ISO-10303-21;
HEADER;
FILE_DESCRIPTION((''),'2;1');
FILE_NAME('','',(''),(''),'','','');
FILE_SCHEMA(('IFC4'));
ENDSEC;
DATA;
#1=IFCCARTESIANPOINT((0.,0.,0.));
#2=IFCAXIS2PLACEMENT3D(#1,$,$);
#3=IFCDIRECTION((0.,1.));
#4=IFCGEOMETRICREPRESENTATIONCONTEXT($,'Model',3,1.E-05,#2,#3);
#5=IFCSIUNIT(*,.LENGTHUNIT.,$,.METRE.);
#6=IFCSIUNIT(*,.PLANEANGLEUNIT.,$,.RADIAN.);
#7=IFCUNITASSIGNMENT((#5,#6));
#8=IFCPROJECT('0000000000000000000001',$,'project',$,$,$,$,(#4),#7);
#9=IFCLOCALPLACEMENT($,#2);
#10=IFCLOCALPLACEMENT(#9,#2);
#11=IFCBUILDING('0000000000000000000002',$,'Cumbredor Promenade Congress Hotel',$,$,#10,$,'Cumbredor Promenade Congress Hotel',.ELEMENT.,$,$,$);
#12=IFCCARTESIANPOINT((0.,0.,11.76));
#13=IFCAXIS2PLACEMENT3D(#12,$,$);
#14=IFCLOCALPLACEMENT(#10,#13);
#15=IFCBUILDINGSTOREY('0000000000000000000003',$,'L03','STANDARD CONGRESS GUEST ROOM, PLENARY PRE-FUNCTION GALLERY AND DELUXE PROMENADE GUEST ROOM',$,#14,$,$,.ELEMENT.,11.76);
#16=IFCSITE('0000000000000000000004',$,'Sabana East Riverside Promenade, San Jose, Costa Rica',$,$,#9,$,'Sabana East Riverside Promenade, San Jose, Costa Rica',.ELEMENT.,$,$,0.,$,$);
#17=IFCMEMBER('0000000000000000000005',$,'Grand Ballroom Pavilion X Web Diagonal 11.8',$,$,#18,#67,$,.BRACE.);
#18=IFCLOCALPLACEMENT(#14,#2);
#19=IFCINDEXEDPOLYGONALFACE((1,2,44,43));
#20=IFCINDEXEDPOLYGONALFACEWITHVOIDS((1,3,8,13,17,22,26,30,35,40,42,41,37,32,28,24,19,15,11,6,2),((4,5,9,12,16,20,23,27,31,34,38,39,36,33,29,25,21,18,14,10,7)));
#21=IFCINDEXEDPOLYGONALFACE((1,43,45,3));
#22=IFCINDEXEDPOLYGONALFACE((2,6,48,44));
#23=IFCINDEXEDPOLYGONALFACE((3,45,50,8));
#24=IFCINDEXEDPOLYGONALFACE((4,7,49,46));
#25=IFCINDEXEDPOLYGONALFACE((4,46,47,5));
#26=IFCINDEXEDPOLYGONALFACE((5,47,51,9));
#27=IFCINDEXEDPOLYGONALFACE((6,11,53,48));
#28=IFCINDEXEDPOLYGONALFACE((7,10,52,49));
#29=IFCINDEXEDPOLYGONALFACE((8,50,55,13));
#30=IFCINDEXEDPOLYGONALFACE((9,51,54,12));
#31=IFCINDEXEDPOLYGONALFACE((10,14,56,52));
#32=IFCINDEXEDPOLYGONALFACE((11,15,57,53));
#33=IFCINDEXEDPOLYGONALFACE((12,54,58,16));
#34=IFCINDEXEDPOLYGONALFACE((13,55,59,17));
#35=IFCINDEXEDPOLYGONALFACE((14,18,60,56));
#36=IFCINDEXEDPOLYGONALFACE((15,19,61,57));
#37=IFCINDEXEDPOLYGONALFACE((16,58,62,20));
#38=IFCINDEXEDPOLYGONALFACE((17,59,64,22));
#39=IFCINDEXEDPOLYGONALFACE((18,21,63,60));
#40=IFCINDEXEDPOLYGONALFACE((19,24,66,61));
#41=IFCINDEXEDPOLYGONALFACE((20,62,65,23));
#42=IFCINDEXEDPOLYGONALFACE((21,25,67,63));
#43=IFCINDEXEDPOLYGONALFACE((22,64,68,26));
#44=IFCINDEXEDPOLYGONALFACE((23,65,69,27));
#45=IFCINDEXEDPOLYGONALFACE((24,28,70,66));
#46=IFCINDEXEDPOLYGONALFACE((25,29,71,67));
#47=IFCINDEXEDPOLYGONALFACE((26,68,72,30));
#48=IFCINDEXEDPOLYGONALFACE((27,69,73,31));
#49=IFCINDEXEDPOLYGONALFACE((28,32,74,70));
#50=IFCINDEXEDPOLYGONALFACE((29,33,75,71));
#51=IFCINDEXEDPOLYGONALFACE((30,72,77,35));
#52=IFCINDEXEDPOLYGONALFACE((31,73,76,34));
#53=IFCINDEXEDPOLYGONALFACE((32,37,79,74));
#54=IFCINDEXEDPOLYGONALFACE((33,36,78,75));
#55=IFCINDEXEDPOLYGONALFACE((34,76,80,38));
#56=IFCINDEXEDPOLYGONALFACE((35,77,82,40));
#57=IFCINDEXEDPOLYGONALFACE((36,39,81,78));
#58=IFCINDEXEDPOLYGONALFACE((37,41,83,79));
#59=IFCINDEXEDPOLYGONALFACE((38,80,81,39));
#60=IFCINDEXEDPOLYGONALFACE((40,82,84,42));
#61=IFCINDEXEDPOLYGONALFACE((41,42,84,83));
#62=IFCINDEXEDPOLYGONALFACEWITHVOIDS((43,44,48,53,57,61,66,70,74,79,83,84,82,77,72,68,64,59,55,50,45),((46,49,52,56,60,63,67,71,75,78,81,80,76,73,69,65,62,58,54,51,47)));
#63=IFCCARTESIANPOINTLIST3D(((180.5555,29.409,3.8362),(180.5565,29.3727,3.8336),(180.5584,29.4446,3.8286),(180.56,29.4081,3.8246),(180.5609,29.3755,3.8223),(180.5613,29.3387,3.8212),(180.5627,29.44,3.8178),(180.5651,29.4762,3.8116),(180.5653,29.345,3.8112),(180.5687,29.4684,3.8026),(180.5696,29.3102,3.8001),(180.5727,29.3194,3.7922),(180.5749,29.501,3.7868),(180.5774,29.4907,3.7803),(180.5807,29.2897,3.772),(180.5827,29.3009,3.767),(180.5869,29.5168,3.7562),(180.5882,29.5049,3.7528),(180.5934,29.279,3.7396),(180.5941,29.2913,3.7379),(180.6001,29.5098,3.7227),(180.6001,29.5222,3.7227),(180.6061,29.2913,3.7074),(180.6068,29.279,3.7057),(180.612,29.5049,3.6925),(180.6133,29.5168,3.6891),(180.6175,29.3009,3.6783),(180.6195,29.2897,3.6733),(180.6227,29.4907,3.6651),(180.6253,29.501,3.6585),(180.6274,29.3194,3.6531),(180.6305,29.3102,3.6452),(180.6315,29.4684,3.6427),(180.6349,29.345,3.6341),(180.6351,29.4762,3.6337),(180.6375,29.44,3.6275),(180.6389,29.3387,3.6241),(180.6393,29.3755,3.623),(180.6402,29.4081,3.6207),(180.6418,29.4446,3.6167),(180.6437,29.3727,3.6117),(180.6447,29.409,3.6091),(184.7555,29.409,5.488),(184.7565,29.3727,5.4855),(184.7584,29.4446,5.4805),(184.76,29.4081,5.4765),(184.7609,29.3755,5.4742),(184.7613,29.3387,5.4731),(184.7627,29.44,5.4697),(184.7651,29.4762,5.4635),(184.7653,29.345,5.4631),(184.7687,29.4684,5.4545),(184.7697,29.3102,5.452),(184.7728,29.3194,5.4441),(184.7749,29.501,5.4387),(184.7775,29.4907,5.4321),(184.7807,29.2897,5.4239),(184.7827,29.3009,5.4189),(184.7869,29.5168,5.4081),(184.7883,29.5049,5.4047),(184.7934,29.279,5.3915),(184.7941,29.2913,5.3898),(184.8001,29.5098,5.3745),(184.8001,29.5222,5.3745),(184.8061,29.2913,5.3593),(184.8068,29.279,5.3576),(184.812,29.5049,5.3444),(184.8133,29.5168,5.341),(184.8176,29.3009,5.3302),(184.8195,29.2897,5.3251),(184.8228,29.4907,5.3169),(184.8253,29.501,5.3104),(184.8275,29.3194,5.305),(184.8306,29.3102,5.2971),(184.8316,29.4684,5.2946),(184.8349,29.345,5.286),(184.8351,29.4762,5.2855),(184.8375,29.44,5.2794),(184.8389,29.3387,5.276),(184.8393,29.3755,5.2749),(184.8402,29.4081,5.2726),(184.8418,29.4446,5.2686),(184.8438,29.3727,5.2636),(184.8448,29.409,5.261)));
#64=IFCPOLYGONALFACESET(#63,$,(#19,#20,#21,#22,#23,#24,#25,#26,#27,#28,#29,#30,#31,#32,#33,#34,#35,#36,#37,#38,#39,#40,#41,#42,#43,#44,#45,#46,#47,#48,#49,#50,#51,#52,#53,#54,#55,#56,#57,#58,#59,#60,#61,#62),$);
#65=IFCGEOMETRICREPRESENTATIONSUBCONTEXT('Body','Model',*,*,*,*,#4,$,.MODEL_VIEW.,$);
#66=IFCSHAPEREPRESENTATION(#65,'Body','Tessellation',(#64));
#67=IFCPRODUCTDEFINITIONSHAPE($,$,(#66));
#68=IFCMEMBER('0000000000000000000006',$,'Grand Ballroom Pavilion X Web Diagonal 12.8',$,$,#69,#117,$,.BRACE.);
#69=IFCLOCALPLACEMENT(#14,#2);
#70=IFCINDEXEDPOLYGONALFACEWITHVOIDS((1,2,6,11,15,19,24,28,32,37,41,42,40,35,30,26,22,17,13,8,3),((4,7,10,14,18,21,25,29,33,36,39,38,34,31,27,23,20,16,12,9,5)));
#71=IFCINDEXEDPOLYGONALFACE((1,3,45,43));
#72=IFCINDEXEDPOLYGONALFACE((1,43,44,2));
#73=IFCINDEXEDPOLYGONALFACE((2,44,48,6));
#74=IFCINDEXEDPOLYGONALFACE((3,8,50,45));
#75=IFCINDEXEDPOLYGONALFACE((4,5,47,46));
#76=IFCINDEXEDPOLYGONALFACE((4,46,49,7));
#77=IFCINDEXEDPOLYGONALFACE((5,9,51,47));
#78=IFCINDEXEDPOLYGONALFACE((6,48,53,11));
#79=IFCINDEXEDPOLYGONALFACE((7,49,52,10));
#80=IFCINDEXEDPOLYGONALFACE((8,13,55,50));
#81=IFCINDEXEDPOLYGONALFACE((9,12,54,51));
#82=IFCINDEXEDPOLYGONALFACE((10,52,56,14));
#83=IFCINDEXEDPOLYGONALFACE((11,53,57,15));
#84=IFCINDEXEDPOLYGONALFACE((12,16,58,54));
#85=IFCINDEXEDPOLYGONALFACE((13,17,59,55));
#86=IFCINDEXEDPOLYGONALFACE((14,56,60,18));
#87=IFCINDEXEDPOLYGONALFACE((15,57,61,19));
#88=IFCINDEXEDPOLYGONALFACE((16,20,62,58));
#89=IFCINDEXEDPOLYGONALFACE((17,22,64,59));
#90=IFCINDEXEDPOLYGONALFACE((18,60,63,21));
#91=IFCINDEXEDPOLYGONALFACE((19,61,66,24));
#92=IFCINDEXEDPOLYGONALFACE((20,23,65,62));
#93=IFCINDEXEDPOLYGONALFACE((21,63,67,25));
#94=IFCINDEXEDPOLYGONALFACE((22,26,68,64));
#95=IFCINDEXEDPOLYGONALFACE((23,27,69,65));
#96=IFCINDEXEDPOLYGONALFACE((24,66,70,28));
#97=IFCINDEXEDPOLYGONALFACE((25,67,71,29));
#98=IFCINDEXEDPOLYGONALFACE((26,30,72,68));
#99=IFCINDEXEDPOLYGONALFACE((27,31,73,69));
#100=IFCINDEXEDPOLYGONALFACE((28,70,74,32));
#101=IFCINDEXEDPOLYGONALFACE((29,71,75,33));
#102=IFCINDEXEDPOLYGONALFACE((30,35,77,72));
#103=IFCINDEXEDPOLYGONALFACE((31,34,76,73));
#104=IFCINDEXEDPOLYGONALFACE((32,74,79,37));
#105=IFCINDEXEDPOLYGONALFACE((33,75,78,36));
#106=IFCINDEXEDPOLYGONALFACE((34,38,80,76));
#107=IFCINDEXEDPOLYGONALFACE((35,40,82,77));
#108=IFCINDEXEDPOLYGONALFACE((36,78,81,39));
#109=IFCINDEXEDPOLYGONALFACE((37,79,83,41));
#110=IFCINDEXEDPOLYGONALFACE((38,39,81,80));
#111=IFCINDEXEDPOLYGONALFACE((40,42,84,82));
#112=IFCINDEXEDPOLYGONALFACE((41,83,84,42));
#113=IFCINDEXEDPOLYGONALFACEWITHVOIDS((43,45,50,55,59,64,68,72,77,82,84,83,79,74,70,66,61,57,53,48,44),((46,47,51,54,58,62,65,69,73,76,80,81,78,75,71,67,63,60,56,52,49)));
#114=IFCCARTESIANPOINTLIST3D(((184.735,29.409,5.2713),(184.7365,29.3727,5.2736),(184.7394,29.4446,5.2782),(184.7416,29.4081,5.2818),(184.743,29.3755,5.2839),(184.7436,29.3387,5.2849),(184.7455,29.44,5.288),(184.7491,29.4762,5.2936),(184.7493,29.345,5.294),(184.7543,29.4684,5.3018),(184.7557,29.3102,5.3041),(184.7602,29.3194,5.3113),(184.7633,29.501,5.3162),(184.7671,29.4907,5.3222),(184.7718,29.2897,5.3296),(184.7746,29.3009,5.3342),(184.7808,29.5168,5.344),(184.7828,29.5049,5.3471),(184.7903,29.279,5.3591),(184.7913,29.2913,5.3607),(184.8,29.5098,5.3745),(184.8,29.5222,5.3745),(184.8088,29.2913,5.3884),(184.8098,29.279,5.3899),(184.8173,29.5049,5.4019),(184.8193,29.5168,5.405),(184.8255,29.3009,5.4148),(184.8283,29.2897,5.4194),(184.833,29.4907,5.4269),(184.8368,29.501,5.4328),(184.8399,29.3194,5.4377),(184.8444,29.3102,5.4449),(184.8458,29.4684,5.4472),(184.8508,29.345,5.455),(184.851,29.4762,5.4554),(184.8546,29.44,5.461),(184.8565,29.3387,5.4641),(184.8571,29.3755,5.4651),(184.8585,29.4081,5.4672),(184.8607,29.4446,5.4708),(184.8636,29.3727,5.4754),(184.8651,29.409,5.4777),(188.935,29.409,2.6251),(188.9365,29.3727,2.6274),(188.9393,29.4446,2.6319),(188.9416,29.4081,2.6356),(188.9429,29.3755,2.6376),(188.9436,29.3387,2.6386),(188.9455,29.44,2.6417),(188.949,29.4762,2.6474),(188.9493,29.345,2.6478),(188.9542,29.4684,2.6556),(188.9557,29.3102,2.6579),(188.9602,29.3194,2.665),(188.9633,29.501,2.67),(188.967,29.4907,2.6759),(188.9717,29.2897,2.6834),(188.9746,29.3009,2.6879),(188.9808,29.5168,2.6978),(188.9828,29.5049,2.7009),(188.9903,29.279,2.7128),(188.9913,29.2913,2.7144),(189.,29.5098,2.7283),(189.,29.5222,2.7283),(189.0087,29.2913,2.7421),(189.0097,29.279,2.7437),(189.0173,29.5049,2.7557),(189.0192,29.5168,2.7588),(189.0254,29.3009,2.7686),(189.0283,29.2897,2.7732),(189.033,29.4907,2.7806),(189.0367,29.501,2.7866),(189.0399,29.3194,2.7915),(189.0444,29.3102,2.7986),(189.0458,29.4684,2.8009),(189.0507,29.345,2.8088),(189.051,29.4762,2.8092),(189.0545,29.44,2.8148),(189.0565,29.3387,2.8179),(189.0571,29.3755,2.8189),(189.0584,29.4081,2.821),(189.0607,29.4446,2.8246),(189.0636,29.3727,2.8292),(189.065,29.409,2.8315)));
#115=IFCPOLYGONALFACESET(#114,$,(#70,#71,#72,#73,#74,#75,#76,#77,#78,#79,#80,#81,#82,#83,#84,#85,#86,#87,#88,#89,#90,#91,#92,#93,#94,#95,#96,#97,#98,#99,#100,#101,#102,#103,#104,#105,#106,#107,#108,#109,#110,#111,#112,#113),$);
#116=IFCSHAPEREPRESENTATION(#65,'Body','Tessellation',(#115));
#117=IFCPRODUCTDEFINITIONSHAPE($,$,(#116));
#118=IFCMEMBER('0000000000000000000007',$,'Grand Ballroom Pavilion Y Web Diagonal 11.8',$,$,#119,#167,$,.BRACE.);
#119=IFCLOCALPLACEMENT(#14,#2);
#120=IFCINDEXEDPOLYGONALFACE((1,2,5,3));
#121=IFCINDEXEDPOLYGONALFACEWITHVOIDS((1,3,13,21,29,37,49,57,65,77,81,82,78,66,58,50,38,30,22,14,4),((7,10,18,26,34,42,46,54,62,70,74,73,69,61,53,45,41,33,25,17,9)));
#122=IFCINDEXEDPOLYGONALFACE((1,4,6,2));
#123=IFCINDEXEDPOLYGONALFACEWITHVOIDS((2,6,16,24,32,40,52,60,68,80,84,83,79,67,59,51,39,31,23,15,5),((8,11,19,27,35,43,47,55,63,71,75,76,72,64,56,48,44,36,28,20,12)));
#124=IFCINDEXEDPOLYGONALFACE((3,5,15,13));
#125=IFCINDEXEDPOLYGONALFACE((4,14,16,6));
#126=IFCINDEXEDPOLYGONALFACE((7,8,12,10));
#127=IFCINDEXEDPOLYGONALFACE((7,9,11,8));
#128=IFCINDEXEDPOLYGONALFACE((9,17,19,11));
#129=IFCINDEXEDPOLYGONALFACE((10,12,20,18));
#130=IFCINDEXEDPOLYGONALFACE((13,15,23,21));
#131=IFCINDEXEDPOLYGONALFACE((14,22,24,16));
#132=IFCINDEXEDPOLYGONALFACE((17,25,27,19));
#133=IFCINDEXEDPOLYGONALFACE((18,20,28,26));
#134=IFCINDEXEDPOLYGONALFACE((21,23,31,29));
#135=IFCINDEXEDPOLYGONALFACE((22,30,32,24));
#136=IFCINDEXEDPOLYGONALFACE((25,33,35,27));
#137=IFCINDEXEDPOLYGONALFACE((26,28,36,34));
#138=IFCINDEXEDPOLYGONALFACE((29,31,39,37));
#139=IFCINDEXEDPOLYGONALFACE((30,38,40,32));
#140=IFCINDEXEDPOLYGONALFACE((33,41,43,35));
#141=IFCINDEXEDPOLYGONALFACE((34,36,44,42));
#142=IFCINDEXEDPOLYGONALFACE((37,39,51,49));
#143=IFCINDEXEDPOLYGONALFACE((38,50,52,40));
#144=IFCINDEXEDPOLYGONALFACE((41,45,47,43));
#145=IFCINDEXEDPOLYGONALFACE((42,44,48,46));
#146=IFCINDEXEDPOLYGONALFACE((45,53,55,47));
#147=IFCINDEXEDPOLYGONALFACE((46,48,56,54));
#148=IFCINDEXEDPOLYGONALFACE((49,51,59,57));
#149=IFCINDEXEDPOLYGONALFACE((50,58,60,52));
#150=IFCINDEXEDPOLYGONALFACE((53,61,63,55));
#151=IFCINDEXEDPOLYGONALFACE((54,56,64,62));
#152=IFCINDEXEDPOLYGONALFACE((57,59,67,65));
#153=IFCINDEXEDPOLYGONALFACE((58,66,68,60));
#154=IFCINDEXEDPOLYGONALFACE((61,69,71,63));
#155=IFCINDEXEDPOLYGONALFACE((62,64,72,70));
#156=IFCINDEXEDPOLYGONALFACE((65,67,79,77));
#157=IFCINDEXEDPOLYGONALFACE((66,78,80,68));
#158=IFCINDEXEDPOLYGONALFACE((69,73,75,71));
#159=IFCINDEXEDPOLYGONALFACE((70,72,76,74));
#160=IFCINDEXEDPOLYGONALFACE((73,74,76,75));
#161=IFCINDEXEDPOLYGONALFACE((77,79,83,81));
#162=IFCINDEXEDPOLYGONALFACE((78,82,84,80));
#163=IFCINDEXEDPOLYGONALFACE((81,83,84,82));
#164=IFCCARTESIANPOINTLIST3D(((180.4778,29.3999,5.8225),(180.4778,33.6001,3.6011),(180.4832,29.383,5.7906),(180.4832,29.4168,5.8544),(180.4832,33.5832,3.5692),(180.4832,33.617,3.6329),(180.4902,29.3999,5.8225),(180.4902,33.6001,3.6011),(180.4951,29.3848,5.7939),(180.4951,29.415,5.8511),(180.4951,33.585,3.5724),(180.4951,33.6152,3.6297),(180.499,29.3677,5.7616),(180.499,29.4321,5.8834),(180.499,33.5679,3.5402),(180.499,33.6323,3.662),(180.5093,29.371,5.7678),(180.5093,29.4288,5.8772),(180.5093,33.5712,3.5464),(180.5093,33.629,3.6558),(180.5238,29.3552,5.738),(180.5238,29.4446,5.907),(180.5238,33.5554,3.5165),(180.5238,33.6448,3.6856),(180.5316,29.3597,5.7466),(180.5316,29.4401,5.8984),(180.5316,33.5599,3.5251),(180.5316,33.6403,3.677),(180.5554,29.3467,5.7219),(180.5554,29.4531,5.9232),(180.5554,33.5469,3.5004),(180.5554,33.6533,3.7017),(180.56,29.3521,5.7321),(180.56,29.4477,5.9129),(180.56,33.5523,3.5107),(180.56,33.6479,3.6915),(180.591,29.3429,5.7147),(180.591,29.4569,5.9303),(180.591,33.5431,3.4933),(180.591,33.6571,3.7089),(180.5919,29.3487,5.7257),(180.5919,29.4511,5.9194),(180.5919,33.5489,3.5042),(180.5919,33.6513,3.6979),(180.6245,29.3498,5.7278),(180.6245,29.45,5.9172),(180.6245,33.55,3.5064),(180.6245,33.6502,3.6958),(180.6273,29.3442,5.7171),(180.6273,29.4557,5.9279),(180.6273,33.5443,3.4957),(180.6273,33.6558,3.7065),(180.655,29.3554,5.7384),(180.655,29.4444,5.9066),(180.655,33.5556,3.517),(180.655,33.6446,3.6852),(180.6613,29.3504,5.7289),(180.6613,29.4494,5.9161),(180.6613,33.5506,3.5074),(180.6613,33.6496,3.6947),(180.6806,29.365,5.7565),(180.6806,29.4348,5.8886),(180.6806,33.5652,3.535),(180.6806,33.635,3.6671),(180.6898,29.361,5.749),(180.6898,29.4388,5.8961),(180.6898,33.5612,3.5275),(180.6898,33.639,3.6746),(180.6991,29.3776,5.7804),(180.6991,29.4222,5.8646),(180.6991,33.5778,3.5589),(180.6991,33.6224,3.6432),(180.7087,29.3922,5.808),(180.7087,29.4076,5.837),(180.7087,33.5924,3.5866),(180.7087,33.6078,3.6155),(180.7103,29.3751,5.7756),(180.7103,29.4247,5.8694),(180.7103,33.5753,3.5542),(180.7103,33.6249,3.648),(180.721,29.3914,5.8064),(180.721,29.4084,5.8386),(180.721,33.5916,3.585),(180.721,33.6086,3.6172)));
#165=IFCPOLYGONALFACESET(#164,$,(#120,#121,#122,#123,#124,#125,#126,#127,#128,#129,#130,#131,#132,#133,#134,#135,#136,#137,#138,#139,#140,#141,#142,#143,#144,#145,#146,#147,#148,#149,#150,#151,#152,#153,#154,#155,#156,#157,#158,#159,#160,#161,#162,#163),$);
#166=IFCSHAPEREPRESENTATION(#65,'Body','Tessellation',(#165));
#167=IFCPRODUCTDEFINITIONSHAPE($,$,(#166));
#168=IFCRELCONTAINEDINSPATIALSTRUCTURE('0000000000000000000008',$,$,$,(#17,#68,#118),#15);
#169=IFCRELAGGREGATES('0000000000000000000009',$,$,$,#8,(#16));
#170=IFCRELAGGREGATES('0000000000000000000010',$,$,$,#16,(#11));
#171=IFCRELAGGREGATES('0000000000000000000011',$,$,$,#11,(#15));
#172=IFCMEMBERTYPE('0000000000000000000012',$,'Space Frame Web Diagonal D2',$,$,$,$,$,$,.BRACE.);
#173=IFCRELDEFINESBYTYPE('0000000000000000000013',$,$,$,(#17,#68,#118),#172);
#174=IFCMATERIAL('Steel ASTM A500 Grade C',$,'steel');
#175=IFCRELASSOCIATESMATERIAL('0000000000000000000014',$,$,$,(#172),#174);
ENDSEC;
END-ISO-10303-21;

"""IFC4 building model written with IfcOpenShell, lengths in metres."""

from ifc_helpers import new_model, si_unit, direction, frame, origin, origin_2d, place, context, subcontext, project, spatial, hollow_circle, extrude, material, material_profile, profile_set, type_object, element, save


model = new_model("IFC4")

# Units and contexts
model_context = context("Model", 3, precision=1e-05, world=origin(), true_north=direction((0.0, 1.0)))
body_context = subcontext(model_context, "Body", "Model", "MODEL_VIEW")
ifc_project = project(units=[si_unit("LENGTHUNIT", "METRE"), si_unit("PLANEANGLEUNIT", "RADIAN")], contexts=[model_context])

# Site, building, storey
site_placement = place(None, origin())
site = spatial("IfcSite", under=ifc_project, at=site_placement, Name="Sabana East Riverside Promenade, San Jose, Costa Rica", LongName="Sabana East Riverside Promenade, San Jose, Costa Rica", CompositionType="ELEMENT", RefElevation=0.0)
building_placement = place(site_placement, origin())
building = spatial("IfcBuilding", under=site, at=building_placement, Name="Cumbredor Promenade Congress Hotel", LongName="Cumbredor Promenade Congress Hotel", CompositionType="ELEMENT")
storey_placement = place(building_placement, frame((0.0, 0.0, 11.76)))
storey = spatial("IfcBuildingStorey", under=building, at=storey_placement, Name="L03", Description="STANDARD CONGRESS GUEST ROOM, PLENARY PRE-FUNCTION GALLERY AND DELUXE PROMENADE GUEST ROOM", CompositionType="ELEMENT", Elevation=11.76)

# Shared definitions
ifc_material_1 = material(Name="Steel ASTM A500 Grade C", Category="steel")

# Members
ifc_material_profile_1 = material_profile(ifc_material_1, hollow_circle(Radius=0.1223, WallThickness=0.0125, at=origin_2d()), Name="CHS 244.5x12.5")
ifc_profile_set_1 = profile_set([ifc_material_profile_1], Name="Steel ASTM A500 Grade C")
member_type_1 = type_object("IfcMemberType", Name="Space Frame Web Diagonal D2", PredefinedType="BRACE", material=ifc_profile_set_1)
member_1_placement = place(storey_placement, frame((180.6001, 29.3999, 3.7227), z_axis=(0.93061, 0.0, 0.366012), x_axis=(0.0, 1.0, 0.0)))
element("IfcMember", 1, at=member_1_placement, inside=storey, type_object=member_type_1, Name="Grand Ballroom Pavilion X Web Diagonal 11.8", PredefinedType="BRACE", context=body_context, shape_type="SweptSolid", body=[
    extrude(hollow_circle(Radius=0.1223, WallThickness=0.0125, at=origin_2d()), origin(), (0.0, 0.0, 1.0), 4.5132),
])
member_2_placement = place(storey_placement, frame((184.8, 29.3999, 5.3745), z_axis=(0.846067, 0.0, -0.533077), x_axis=(0.0, 1.0, 0.0)))
element("IfcMember", 2, at=member_2_placement, inside=storey, type_object=member_type_1, Name="Grand Ballroom Pavilion X Web Diagonal 12.8", PredefinedType="BRACE", context=body_context, shape_type="SweptSolid", body=[
    extrude(hollow_circle(Radius=0.1223, WallThickness=0.0125, at=origin_2d()), origin(), (0.0, 0.0, 1.0), 4.9641),
])
member_3_placement = place(storey_placement, frame((180.6001, 29.3999, 5.8225), z_axis=(0.0, 0.883979, -0.467526), x_axis=(-1.0, 0.0, 0.0)))
element("IfcMember", 3, at=member_3_placement, inside=storey, type_object=member_type_1, Name="Grand Ballroom Pavilion Y Web Diagonal 11.8", PredefinedType="BRACE", context=body_context, shape_type="SweptSolid", body=[
    extrude(hollow_circle(Radius=0.1223, WallThickness=0.0125, at=origin_2d()), origin(), (0.0, 0.0, 1.0), 4.7515),
])

save(model, "model.ifc")
